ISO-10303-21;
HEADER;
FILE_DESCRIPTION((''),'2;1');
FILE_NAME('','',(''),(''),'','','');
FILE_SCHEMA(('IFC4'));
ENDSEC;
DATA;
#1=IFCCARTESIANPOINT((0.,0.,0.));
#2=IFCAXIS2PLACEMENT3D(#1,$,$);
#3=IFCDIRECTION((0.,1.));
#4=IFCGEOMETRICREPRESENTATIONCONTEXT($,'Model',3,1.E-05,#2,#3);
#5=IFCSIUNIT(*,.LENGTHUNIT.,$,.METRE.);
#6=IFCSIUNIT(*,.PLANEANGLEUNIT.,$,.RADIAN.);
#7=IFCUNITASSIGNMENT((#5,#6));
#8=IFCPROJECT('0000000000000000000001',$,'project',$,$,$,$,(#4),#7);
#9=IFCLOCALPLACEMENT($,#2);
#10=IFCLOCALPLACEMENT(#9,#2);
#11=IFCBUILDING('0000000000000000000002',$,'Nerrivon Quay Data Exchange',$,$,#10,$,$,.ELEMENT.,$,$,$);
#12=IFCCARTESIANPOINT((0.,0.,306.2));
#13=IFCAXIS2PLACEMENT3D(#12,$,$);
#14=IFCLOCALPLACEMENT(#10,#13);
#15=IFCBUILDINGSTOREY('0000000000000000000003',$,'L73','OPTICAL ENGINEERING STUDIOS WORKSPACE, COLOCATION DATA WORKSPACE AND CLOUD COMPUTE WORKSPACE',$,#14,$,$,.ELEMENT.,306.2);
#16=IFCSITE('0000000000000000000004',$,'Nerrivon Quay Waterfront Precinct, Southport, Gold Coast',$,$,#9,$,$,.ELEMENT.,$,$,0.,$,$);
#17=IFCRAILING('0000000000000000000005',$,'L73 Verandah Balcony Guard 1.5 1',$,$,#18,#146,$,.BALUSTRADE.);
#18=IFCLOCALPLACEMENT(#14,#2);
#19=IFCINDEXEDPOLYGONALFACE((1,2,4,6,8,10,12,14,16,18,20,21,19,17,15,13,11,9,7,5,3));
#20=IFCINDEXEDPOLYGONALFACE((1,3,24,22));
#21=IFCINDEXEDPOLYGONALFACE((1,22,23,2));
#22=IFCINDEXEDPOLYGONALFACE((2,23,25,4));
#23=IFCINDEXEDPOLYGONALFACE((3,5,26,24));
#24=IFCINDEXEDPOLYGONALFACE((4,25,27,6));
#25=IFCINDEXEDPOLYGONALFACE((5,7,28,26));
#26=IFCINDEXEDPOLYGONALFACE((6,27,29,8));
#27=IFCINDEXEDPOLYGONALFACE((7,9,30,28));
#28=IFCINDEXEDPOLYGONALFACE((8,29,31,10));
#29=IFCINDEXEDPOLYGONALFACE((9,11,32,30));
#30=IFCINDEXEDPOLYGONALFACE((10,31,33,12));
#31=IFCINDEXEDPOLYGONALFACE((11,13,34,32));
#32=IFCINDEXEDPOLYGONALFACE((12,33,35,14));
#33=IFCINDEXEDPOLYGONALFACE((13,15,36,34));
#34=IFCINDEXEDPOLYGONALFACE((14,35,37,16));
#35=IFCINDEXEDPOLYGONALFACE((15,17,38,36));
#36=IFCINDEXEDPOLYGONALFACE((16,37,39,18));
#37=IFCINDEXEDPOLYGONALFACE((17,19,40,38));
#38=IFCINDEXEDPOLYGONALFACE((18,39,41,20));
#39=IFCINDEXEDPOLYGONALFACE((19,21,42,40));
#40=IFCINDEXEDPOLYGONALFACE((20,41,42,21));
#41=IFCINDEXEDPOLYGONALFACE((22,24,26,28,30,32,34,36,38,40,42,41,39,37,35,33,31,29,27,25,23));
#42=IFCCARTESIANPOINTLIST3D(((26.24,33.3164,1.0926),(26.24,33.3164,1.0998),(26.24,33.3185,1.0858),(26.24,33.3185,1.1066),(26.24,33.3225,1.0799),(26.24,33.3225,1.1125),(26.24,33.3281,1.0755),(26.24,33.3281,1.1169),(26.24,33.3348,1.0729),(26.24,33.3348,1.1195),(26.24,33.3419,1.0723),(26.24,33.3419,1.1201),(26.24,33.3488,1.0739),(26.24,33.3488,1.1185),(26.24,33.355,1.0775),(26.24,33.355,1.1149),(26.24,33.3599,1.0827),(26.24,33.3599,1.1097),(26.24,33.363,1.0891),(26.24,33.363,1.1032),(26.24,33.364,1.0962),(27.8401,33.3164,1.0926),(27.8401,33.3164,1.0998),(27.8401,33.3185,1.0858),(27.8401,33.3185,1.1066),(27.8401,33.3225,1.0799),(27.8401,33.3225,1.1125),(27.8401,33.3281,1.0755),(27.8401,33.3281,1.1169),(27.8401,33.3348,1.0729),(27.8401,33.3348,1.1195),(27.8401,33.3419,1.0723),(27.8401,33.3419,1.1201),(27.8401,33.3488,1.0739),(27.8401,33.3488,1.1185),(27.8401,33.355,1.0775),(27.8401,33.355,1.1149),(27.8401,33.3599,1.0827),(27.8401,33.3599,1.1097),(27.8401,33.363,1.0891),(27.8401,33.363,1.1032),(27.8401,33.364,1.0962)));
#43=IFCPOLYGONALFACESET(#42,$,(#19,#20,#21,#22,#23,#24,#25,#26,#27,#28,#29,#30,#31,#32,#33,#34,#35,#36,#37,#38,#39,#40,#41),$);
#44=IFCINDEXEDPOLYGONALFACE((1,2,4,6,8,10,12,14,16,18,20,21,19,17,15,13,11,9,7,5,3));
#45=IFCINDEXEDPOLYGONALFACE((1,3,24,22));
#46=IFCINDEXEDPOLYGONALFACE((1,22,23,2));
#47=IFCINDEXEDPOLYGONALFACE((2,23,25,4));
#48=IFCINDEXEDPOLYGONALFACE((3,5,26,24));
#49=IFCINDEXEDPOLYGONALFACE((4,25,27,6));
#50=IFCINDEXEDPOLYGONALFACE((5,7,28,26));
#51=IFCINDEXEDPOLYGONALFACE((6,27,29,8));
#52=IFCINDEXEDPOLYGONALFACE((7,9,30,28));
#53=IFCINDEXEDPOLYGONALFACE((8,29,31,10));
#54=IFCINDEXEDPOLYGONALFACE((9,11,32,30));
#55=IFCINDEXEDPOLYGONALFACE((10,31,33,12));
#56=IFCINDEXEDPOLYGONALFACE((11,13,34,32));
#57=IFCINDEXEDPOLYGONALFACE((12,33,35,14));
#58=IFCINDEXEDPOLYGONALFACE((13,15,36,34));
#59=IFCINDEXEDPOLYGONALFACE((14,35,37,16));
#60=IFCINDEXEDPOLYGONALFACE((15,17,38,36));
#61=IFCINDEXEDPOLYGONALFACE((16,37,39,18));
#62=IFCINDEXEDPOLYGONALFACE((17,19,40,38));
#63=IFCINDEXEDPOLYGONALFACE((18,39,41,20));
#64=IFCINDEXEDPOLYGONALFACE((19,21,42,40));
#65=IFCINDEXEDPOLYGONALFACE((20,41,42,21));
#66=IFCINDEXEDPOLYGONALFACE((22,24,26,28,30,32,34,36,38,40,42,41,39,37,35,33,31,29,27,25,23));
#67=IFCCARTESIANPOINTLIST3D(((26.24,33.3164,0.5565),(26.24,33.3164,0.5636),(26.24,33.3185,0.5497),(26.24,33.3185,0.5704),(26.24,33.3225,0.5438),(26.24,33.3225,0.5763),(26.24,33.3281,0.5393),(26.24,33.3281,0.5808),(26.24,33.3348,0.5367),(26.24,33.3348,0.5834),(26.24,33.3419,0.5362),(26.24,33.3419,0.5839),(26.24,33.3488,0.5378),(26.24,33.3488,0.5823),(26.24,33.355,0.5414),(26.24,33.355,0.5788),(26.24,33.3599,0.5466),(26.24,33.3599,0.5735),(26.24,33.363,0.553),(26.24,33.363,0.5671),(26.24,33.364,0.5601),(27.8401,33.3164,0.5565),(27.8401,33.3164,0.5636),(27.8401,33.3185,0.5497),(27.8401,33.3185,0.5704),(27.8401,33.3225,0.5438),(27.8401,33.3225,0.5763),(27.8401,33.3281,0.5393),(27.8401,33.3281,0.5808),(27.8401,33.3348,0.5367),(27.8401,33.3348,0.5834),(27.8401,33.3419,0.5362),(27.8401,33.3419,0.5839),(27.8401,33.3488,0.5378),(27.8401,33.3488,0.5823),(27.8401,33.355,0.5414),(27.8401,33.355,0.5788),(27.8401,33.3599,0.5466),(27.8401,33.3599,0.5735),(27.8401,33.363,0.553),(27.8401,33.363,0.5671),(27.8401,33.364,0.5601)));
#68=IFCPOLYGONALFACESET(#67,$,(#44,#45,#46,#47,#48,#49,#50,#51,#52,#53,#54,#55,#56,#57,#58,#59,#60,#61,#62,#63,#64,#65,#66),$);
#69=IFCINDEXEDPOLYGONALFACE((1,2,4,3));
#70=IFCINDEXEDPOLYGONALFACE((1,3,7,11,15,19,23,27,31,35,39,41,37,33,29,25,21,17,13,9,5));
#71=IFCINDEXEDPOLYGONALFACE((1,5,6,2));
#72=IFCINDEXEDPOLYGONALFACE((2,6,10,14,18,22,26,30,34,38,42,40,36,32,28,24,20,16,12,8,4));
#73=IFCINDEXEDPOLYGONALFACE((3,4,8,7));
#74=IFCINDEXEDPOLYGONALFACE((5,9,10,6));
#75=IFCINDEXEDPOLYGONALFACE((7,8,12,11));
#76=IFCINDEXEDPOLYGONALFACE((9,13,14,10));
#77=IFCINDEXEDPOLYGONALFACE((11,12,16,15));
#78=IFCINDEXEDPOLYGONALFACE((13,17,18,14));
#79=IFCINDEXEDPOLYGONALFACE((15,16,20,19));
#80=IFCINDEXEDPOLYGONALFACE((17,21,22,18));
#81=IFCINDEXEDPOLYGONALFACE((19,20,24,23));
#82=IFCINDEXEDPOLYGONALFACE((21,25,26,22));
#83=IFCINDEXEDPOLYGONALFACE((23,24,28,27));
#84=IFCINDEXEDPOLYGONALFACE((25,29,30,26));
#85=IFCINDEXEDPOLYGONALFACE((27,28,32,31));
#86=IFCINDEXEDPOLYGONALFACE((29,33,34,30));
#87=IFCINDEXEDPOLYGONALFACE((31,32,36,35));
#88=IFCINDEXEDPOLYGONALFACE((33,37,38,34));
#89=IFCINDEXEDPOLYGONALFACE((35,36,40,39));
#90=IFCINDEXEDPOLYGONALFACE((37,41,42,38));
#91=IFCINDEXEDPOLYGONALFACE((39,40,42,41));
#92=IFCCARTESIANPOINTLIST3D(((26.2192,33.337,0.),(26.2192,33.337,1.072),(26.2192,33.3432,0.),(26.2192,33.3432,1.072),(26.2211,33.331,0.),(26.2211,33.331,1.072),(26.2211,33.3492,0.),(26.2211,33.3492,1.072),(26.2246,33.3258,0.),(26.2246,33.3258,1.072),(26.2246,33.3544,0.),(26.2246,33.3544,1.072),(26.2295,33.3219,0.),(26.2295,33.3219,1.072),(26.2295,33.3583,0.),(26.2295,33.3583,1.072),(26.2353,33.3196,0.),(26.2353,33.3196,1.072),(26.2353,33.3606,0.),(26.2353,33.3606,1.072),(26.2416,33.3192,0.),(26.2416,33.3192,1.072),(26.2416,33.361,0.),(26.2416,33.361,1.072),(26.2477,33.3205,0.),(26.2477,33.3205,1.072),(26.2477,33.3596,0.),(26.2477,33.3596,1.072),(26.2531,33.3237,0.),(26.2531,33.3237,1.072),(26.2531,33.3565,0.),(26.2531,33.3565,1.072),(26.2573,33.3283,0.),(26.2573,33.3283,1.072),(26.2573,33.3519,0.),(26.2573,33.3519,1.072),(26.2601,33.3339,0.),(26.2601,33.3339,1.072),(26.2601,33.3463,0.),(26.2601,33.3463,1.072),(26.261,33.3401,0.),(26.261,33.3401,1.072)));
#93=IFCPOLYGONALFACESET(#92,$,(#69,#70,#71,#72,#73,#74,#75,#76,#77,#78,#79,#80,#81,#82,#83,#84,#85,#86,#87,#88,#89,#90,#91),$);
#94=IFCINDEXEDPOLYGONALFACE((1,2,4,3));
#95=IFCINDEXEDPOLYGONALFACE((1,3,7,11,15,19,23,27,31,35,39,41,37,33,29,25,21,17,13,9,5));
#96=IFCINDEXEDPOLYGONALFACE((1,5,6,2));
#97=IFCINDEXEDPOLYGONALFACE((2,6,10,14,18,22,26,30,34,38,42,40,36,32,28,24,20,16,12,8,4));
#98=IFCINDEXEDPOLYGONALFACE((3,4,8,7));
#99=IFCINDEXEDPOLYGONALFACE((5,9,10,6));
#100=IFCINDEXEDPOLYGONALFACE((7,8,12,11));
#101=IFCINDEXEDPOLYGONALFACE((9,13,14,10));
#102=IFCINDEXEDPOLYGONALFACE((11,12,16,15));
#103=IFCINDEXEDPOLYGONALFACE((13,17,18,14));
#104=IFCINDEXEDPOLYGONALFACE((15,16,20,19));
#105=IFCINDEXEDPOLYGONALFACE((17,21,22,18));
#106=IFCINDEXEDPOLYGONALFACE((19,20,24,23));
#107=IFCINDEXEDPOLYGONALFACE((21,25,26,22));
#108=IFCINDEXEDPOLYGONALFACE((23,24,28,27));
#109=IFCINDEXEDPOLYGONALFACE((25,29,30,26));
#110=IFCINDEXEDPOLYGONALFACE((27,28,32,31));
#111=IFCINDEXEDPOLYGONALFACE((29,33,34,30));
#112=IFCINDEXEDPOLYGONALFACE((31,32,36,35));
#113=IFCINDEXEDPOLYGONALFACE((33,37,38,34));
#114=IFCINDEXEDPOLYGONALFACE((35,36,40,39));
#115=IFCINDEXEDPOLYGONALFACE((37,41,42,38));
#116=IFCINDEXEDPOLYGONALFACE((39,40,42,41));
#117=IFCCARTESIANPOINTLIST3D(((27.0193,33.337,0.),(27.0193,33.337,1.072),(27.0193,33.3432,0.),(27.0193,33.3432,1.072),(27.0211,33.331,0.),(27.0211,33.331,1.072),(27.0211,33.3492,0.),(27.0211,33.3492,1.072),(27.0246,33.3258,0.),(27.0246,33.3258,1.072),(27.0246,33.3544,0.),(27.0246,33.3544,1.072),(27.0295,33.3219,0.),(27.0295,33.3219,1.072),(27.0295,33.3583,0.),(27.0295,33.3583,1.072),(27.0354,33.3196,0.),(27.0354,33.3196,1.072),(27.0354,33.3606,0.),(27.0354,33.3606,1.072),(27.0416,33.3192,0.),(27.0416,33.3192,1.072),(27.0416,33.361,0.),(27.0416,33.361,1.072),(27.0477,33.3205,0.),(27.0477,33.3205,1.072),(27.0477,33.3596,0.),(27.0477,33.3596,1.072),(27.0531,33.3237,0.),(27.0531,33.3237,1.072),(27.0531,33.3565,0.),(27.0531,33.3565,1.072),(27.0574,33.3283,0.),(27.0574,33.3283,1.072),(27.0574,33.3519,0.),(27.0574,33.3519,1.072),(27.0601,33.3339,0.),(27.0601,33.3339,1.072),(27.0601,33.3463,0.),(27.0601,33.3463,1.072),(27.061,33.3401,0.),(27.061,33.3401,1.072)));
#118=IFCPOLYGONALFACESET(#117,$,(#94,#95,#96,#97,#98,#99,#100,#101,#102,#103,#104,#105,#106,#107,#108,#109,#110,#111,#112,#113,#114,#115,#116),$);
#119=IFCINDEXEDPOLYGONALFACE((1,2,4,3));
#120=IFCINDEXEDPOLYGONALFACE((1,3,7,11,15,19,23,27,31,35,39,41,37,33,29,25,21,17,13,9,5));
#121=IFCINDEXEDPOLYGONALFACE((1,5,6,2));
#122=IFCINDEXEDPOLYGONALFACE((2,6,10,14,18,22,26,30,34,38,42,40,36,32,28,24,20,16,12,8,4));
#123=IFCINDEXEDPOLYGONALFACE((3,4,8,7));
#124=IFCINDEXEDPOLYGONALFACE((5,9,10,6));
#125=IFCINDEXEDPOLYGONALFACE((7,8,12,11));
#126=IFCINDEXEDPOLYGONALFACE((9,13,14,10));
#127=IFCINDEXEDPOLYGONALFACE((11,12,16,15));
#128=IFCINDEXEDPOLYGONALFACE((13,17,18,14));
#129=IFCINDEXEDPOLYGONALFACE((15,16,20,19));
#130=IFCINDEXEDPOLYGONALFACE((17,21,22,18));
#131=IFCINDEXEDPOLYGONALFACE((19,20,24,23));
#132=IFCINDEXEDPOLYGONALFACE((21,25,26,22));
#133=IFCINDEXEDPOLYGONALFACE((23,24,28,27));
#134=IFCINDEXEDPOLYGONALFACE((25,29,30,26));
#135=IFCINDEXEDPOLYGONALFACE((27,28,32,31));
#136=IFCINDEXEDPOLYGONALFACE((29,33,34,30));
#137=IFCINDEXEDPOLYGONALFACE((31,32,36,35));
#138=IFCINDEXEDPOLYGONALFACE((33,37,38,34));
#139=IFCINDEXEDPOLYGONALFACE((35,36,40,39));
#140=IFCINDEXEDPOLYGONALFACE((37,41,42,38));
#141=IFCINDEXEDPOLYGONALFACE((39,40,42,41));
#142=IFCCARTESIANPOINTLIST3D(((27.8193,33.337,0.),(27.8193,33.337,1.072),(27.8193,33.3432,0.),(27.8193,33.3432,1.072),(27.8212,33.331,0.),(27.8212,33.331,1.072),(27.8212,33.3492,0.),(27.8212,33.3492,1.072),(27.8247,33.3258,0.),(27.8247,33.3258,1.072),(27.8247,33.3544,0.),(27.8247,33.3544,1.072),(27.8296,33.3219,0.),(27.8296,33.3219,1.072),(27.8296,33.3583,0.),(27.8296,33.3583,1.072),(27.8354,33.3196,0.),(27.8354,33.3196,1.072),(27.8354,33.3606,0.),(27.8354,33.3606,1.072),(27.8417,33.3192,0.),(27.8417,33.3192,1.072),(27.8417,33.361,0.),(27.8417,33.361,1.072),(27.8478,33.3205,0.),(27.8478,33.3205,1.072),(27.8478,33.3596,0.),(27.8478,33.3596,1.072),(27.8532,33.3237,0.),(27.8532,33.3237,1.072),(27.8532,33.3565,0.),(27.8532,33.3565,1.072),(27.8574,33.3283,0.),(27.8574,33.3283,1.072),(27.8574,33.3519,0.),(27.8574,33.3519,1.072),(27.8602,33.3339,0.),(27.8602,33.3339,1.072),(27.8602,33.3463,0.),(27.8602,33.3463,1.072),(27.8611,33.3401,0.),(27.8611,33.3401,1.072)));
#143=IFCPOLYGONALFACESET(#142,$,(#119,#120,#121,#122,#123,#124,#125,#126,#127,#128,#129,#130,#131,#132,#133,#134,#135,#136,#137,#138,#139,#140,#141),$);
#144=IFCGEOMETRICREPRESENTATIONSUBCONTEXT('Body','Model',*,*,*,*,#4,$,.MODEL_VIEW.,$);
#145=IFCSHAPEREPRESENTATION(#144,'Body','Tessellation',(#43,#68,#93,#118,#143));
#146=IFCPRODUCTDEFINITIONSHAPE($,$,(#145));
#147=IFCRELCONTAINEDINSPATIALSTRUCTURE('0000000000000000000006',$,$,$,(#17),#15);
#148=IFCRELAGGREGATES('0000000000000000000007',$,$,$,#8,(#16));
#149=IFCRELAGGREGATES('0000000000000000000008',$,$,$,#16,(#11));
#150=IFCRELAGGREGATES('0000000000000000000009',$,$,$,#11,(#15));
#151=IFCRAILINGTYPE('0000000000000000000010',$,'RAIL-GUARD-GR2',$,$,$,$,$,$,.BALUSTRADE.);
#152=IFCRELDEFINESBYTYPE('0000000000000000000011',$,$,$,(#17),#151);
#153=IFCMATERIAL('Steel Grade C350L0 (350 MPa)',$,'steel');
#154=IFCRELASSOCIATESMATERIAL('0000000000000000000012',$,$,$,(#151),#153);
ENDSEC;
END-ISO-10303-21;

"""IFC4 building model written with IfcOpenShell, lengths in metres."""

from ifc_helpers import new_model, si_unit, direction, frame, origin, origin_2d, place, context, subcontext, project, spatial, circle, extrude, material, type_object, element, save


model = new_model("IFC4")

# Units and contexts
model_context = context("Model", 3, precision=1e-05, world=origin(), true_north=direction((0.0, 1.0)))
body_context = subcontext(model_context, "Body", "Model", "MODEL_VIEW")
ifc_project = project(units=[si_unit("LENGTHUNIT", "METRE"), si_unit("PLANEANGLEUNIT", "RADIAN")], contexts=[model_context])

# Site, building, storey
site_placement = place(None, origin())
site = spatial("IfcSite", under=ifc_project, at=site_placement, Name="Nerrivon Quay Waterfront Precinct, Southport, Gold Coast", CompositionType="ELEMENT", RefElevation=0.0)
building_placement = place(site_placement, origin())
building = spatial("IfcBuilding", under=site, at=building_placement, Name="Nerrivon Quay Data Exchange", CompositionType="ELEMENT")
storey_placement = place(building_placement, frame((0.0, 0.0, 306.2)))
storey = spatial("IfcBuildingStorey", under=building, at=storey_placement, Name="L73", Description="OPTICAL ENGINEERING STUDIOS WORKSPACE, COLOCATION DATA WORKSPACE AND CLOUD COMPUTE WORKSPACE", CompositionType="ELEMENT", Elevation=306.2)

# Shared definitions
ifc_material_1 = material(Name="Steel Grade C350L0 (350 MPa)", Category="steel")

# Railing
railing_type = type_object("IfcRailingType", Name="RAIL-GUARD-GR2", PredefinedType="BALUSTRADE", material=ifc_material_1)
railing_1_placement = place(storey_placement, frame((26.24, 33.3401, 0.0)))
element("IfcRailing", 1, at=railing_1_placement, inside=storey, type_object=railing_type, Name="L73 Verandah Balcony Guard 1.5 1", PredefinedType="BALUSTRADE", context=body_context, shape_type="SweptSolid", body=[
    extrude(circle(Radius=0.0239, at=origin_2d()), frame((0.0, 0.0, 1.0962), z_axis=(1.0, 0.0, 0.0), x_axis=(0.0, 1.0, 0.0)), (0.0, 0.0, 1.0), 1.6001),
    extrude(circle(Radius=0.0239, at=origin_2d()), frame((0.0, 0.0, 0.5601), z_axis=(1.0, 0.0, 0.0), x_axis=(0.0, 1.0, 0.0)), (0.0, 0.0, 1.0), 1.6001),
    extrude(circle(Radius=0.021, at=origin_2d()), origin(), (0.0, 0.0, 1.0), 1.072),
    extrude(circle(Radius=0.021, at=origin_2d()), frame((0.8, 0.0, 0.0)), (0.0, 0.0, 1.0), 1.072),
    extrude(circle(Radius=0.021, at=origin_2d()), frame((1.6001, 0.0, 0.0)), (0.0, 0.0, 1.0), 1.072),
])

save(model, "model.ifc")
